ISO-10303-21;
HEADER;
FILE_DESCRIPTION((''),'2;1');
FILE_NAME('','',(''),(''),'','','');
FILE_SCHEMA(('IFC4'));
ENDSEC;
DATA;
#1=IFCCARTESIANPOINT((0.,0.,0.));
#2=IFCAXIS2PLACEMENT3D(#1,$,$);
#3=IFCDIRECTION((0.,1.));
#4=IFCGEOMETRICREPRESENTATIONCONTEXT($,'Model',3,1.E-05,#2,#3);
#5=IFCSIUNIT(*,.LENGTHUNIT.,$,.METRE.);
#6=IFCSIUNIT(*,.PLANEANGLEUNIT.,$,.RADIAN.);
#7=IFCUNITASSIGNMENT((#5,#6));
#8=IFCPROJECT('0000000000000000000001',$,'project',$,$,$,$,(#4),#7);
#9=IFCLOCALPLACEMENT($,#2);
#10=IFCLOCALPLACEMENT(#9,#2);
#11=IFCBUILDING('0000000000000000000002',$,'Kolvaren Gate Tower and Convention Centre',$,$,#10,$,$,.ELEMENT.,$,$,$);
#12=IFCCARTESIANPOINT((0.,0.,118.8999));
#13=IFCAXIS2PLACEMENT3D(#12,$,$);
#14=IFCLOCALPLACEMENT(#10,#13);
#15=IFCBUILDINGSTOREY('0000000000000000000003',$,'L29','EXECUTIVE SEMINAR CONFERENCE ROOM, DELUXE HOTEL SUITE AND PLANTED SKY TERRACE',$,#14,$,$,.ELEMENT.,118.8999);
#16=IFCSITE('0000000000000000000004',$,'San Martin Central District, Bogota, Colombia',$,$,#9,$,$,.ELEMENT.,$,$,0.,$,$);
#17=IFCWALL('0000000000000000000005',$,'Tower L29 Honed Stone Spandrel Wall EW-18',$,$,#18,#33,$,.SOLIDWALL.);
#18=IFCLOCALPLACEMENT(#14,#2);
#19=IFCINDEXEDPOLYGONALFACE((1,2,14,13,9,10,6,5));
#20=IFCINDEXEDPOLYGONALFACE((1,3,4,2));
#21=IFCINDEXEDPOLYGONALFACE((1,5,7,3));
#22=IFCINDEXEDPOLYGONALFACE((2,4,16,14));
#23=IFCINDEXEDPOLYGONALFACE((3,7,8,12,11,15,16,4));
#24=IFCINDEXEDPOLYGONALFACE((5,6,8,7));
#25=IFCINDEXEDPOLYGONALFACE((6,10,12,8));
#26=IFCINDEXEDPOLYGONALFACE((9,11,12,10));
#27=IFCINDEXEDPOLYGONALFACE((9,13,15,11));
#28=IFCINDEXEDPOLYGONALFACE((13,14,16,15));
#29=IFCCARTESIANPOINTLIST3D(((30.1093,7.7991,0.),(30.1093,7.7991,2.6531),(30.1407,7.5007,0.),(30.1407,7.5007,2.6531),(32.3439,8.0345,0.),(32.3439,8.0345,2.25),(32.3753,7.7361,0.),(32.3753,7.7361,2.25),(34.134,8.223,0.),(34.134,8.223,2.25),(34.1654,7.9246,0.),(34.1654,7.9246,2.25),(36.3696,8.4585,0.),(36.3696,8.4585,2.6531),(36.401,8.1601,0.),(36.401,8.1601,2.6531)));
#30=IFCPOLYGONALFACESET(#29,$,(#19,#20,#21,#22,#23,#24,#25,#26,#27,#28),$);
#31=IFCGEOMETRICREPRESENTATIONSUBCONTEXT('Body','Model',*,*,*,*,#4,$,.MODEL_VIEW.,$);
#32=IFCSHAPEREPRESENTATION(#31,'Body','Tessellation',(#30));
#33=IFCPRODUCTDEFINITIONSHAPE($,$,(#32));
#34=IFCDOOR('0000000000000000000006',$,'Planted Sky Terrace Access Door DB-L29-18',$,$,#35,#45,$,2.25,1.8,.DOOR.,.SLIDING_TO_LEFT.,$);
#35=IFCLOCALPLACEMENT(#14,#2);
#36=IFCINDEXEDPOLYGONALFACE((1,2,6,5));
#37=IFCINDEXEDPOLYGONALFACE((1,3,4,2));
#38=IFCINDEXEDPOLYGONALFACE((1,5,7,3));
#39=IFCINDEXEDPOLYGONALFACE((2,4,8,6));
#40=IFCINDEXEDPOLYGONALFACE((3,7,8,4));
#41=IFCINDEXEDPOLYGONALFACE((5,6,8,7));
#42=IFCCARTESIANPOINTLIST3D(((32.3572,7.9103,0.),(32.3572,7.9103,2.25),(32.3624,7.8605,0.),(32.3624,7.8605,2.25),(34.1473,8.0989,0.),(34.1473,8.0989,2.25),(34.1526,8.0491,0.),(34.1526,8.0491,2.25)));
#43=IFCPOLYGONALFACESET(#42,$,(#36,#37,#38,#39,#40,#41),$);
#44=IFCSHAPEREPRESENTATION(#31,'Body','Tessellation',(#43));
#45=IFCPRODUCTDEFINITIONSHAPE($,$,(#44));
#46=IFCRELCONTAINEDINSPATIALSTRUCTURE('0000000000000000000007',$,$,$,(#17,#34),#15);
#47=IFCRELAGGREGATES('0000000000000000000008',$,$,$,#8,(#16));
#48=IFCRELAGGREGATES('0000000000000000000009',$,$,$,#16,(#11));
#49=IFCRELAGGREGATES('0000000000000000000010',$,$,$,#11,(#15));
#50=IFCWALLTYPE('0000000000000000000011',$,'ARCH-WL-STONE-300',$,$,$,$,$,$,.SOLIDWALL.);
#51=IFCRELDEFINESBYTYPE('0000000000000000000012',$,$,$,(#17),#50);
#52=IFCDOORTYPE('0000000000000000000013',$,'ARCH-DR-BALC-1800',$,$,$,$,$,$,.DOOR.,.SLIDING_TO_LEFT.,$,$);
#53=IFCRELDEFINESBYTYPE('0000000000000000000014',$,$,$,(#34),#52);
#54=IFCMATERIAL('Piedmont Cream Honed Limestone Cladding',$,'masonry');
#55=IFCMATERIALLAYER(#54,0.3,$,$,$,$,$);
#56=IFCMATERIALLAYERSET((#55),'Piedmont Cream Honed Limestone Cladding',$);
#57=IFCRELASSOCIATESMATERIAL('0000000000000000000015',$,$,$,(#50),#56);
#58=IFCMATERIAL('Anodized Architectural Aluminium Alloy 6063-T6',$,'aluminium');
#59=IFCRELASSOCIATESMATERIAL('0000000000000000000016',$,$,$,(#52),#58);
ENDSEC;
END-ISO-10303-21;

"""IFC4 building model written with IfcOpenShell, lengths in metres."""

from ifc_helpers import new_model, si_unit, direction, frame, frame_2d, origin, place, context, subcontext, project, spatial, rectangle, extrude, material, layer, layer_set, type_object, element, fill, save


model = new_model("IFC4")

# Units and contexts
model_context = context("Model", 3, precision=1e-05, world=origin(), true_north=direction((0.0, 1.0)))
body_context = subcontext(model_context, "Body", "Model", "MODEL_VIEW")
ifc_project = project(units=[si_unit("LENGTHUNIT", "METRE"), si_unit("PLANEANGLEUNIT", "RADIAN")], contexts=[model_context])

# Site, building, storey
site_placement = place(None, origin())
site = spatial("IfcSite", under=ifc_project, at=site_placement, Name="San Martin Central District, Bogota, Colombia", CompositionType="ELEMENT", RefElevation=0.0)
building_placement = place(site_placement, origin())
building = spatial("IfcBuilding", under=site, at=building_placement, Name="Kolvaren Gate Tower and Convention Centre", CompositionType="ELEMENT")
storey_placement = place(building_placement, frame((0.0, 0.0, 118.8999)))
storey = spatial("IfcBuildingStorey", under=building, at=storey_placement, Name="L29", Description="EXECUTIVE SEMINAR CONFERENCE ROOM, DELUXE HOTEL SUITE AND PLANTED SKY TERRACE", CompositionType="ELEMENT", Elevation=118.8999)

# Shared definitions
ifc_material_1 = material(Name="Piedmont Cream Honed Limestone Cladding", Category="masonry")

# Wall, opening, door
ifc_layer_1 = layer(ifc_material_1, 0.3)
ifc_layer_set_1 = layer_set([ifc_layer_1], Name="Piedmont Cream Honed Limestone Cladding")
wall_type_1 = type_object("IfcWallType", Name="ARCH-WL-STONE-300", PredefinedType="SOLIDWALL", material=ifc_layer_set_1)
wall_1_placement = place(storey_placement, frame((30.125, 7.6499, 0.0), z_axis=(0.0, 0.0, 1.0), x_axis=(0.994498, 0.104755, 0.0)))
wall_1 = element("IfcWall", 1, at=wall_1_placement, inside=storey, type_object=wall_type_1, Name="Tower L29 Honed Stone Spandrel Wall EW-18", PredefinedType="SOLIDWALL", context=body_context, shape_type="SweptSolid", body=[
    extrude(rectangle(XDim=6.2949, YDim=0.3, at=frame_2d((3.1475, 0.0))), origin(), (0.0, 0.0, 1.0), 2.6531),
])
opening_1_placement = place(wall_1_placement, frame((2.2471, 0.0, 0.0)))
opening_1 = element("IfcOpeningElement", 2, at=opening_1_placement, cuts=wall_1, PredefinedType="OPENING", context=body_context, shape_type="SweptSolid", body=[
    extrude(rectangle(XDim=1.8, YDim=2.25, at=frame_2d((0.8999, 1.125))), frame((0.0, 0.1599, 0.0), z_axis=(0.0, -1.0, 0.0), x_axis=(1.0, 0.0, 0.0)), (0.0, 0.0, 1.0), 0.3201),
])
ifc_material_2 = material(Name="Anodized Architectural Aluminium Alloy 6063-T6", Category="aluminium")
door_type_1 = type_object("IfcDoorType", Name="ARCH-DR-BALC-1800", OperationType="SLIDING_TO_LEFT", PredefinedType="DOOR", material=ifc_material_2)
door_1_placement = place(opening_1_placement, frame((1.8, 0.0, 0.0), z_axis=(0.0, 0.0, 1.0), x_axis=(-1.0, 0.0, 0.0)))
door_1 = element("IfcDoor", 3, at=door_1_placement, inside=storey, type_object=door_type_1, Name="Planted Sky Terrace Access Door DB-L29-18", OperationType="SLIDING_TO_LEFT", OverallHeight=2.25, OverallWidth=1.8, PredefinedType="DOOR", context=body_context, shape_type="SweptSolid", body=[
    extrude(rectangle(XDim=1.8, YDim=2.25, at=frame_2d((0.8999, 1.125))), frame((0.0, 0.0249, 0.0), z_axis=(0.0, -1.0, 0.0), x_axis=(1.0, 0.0, 0.0)), (0.0, 0.0, 1.0), 0.05),
])
fill(opening_1, door_1)

save(model, "model.ifc")
